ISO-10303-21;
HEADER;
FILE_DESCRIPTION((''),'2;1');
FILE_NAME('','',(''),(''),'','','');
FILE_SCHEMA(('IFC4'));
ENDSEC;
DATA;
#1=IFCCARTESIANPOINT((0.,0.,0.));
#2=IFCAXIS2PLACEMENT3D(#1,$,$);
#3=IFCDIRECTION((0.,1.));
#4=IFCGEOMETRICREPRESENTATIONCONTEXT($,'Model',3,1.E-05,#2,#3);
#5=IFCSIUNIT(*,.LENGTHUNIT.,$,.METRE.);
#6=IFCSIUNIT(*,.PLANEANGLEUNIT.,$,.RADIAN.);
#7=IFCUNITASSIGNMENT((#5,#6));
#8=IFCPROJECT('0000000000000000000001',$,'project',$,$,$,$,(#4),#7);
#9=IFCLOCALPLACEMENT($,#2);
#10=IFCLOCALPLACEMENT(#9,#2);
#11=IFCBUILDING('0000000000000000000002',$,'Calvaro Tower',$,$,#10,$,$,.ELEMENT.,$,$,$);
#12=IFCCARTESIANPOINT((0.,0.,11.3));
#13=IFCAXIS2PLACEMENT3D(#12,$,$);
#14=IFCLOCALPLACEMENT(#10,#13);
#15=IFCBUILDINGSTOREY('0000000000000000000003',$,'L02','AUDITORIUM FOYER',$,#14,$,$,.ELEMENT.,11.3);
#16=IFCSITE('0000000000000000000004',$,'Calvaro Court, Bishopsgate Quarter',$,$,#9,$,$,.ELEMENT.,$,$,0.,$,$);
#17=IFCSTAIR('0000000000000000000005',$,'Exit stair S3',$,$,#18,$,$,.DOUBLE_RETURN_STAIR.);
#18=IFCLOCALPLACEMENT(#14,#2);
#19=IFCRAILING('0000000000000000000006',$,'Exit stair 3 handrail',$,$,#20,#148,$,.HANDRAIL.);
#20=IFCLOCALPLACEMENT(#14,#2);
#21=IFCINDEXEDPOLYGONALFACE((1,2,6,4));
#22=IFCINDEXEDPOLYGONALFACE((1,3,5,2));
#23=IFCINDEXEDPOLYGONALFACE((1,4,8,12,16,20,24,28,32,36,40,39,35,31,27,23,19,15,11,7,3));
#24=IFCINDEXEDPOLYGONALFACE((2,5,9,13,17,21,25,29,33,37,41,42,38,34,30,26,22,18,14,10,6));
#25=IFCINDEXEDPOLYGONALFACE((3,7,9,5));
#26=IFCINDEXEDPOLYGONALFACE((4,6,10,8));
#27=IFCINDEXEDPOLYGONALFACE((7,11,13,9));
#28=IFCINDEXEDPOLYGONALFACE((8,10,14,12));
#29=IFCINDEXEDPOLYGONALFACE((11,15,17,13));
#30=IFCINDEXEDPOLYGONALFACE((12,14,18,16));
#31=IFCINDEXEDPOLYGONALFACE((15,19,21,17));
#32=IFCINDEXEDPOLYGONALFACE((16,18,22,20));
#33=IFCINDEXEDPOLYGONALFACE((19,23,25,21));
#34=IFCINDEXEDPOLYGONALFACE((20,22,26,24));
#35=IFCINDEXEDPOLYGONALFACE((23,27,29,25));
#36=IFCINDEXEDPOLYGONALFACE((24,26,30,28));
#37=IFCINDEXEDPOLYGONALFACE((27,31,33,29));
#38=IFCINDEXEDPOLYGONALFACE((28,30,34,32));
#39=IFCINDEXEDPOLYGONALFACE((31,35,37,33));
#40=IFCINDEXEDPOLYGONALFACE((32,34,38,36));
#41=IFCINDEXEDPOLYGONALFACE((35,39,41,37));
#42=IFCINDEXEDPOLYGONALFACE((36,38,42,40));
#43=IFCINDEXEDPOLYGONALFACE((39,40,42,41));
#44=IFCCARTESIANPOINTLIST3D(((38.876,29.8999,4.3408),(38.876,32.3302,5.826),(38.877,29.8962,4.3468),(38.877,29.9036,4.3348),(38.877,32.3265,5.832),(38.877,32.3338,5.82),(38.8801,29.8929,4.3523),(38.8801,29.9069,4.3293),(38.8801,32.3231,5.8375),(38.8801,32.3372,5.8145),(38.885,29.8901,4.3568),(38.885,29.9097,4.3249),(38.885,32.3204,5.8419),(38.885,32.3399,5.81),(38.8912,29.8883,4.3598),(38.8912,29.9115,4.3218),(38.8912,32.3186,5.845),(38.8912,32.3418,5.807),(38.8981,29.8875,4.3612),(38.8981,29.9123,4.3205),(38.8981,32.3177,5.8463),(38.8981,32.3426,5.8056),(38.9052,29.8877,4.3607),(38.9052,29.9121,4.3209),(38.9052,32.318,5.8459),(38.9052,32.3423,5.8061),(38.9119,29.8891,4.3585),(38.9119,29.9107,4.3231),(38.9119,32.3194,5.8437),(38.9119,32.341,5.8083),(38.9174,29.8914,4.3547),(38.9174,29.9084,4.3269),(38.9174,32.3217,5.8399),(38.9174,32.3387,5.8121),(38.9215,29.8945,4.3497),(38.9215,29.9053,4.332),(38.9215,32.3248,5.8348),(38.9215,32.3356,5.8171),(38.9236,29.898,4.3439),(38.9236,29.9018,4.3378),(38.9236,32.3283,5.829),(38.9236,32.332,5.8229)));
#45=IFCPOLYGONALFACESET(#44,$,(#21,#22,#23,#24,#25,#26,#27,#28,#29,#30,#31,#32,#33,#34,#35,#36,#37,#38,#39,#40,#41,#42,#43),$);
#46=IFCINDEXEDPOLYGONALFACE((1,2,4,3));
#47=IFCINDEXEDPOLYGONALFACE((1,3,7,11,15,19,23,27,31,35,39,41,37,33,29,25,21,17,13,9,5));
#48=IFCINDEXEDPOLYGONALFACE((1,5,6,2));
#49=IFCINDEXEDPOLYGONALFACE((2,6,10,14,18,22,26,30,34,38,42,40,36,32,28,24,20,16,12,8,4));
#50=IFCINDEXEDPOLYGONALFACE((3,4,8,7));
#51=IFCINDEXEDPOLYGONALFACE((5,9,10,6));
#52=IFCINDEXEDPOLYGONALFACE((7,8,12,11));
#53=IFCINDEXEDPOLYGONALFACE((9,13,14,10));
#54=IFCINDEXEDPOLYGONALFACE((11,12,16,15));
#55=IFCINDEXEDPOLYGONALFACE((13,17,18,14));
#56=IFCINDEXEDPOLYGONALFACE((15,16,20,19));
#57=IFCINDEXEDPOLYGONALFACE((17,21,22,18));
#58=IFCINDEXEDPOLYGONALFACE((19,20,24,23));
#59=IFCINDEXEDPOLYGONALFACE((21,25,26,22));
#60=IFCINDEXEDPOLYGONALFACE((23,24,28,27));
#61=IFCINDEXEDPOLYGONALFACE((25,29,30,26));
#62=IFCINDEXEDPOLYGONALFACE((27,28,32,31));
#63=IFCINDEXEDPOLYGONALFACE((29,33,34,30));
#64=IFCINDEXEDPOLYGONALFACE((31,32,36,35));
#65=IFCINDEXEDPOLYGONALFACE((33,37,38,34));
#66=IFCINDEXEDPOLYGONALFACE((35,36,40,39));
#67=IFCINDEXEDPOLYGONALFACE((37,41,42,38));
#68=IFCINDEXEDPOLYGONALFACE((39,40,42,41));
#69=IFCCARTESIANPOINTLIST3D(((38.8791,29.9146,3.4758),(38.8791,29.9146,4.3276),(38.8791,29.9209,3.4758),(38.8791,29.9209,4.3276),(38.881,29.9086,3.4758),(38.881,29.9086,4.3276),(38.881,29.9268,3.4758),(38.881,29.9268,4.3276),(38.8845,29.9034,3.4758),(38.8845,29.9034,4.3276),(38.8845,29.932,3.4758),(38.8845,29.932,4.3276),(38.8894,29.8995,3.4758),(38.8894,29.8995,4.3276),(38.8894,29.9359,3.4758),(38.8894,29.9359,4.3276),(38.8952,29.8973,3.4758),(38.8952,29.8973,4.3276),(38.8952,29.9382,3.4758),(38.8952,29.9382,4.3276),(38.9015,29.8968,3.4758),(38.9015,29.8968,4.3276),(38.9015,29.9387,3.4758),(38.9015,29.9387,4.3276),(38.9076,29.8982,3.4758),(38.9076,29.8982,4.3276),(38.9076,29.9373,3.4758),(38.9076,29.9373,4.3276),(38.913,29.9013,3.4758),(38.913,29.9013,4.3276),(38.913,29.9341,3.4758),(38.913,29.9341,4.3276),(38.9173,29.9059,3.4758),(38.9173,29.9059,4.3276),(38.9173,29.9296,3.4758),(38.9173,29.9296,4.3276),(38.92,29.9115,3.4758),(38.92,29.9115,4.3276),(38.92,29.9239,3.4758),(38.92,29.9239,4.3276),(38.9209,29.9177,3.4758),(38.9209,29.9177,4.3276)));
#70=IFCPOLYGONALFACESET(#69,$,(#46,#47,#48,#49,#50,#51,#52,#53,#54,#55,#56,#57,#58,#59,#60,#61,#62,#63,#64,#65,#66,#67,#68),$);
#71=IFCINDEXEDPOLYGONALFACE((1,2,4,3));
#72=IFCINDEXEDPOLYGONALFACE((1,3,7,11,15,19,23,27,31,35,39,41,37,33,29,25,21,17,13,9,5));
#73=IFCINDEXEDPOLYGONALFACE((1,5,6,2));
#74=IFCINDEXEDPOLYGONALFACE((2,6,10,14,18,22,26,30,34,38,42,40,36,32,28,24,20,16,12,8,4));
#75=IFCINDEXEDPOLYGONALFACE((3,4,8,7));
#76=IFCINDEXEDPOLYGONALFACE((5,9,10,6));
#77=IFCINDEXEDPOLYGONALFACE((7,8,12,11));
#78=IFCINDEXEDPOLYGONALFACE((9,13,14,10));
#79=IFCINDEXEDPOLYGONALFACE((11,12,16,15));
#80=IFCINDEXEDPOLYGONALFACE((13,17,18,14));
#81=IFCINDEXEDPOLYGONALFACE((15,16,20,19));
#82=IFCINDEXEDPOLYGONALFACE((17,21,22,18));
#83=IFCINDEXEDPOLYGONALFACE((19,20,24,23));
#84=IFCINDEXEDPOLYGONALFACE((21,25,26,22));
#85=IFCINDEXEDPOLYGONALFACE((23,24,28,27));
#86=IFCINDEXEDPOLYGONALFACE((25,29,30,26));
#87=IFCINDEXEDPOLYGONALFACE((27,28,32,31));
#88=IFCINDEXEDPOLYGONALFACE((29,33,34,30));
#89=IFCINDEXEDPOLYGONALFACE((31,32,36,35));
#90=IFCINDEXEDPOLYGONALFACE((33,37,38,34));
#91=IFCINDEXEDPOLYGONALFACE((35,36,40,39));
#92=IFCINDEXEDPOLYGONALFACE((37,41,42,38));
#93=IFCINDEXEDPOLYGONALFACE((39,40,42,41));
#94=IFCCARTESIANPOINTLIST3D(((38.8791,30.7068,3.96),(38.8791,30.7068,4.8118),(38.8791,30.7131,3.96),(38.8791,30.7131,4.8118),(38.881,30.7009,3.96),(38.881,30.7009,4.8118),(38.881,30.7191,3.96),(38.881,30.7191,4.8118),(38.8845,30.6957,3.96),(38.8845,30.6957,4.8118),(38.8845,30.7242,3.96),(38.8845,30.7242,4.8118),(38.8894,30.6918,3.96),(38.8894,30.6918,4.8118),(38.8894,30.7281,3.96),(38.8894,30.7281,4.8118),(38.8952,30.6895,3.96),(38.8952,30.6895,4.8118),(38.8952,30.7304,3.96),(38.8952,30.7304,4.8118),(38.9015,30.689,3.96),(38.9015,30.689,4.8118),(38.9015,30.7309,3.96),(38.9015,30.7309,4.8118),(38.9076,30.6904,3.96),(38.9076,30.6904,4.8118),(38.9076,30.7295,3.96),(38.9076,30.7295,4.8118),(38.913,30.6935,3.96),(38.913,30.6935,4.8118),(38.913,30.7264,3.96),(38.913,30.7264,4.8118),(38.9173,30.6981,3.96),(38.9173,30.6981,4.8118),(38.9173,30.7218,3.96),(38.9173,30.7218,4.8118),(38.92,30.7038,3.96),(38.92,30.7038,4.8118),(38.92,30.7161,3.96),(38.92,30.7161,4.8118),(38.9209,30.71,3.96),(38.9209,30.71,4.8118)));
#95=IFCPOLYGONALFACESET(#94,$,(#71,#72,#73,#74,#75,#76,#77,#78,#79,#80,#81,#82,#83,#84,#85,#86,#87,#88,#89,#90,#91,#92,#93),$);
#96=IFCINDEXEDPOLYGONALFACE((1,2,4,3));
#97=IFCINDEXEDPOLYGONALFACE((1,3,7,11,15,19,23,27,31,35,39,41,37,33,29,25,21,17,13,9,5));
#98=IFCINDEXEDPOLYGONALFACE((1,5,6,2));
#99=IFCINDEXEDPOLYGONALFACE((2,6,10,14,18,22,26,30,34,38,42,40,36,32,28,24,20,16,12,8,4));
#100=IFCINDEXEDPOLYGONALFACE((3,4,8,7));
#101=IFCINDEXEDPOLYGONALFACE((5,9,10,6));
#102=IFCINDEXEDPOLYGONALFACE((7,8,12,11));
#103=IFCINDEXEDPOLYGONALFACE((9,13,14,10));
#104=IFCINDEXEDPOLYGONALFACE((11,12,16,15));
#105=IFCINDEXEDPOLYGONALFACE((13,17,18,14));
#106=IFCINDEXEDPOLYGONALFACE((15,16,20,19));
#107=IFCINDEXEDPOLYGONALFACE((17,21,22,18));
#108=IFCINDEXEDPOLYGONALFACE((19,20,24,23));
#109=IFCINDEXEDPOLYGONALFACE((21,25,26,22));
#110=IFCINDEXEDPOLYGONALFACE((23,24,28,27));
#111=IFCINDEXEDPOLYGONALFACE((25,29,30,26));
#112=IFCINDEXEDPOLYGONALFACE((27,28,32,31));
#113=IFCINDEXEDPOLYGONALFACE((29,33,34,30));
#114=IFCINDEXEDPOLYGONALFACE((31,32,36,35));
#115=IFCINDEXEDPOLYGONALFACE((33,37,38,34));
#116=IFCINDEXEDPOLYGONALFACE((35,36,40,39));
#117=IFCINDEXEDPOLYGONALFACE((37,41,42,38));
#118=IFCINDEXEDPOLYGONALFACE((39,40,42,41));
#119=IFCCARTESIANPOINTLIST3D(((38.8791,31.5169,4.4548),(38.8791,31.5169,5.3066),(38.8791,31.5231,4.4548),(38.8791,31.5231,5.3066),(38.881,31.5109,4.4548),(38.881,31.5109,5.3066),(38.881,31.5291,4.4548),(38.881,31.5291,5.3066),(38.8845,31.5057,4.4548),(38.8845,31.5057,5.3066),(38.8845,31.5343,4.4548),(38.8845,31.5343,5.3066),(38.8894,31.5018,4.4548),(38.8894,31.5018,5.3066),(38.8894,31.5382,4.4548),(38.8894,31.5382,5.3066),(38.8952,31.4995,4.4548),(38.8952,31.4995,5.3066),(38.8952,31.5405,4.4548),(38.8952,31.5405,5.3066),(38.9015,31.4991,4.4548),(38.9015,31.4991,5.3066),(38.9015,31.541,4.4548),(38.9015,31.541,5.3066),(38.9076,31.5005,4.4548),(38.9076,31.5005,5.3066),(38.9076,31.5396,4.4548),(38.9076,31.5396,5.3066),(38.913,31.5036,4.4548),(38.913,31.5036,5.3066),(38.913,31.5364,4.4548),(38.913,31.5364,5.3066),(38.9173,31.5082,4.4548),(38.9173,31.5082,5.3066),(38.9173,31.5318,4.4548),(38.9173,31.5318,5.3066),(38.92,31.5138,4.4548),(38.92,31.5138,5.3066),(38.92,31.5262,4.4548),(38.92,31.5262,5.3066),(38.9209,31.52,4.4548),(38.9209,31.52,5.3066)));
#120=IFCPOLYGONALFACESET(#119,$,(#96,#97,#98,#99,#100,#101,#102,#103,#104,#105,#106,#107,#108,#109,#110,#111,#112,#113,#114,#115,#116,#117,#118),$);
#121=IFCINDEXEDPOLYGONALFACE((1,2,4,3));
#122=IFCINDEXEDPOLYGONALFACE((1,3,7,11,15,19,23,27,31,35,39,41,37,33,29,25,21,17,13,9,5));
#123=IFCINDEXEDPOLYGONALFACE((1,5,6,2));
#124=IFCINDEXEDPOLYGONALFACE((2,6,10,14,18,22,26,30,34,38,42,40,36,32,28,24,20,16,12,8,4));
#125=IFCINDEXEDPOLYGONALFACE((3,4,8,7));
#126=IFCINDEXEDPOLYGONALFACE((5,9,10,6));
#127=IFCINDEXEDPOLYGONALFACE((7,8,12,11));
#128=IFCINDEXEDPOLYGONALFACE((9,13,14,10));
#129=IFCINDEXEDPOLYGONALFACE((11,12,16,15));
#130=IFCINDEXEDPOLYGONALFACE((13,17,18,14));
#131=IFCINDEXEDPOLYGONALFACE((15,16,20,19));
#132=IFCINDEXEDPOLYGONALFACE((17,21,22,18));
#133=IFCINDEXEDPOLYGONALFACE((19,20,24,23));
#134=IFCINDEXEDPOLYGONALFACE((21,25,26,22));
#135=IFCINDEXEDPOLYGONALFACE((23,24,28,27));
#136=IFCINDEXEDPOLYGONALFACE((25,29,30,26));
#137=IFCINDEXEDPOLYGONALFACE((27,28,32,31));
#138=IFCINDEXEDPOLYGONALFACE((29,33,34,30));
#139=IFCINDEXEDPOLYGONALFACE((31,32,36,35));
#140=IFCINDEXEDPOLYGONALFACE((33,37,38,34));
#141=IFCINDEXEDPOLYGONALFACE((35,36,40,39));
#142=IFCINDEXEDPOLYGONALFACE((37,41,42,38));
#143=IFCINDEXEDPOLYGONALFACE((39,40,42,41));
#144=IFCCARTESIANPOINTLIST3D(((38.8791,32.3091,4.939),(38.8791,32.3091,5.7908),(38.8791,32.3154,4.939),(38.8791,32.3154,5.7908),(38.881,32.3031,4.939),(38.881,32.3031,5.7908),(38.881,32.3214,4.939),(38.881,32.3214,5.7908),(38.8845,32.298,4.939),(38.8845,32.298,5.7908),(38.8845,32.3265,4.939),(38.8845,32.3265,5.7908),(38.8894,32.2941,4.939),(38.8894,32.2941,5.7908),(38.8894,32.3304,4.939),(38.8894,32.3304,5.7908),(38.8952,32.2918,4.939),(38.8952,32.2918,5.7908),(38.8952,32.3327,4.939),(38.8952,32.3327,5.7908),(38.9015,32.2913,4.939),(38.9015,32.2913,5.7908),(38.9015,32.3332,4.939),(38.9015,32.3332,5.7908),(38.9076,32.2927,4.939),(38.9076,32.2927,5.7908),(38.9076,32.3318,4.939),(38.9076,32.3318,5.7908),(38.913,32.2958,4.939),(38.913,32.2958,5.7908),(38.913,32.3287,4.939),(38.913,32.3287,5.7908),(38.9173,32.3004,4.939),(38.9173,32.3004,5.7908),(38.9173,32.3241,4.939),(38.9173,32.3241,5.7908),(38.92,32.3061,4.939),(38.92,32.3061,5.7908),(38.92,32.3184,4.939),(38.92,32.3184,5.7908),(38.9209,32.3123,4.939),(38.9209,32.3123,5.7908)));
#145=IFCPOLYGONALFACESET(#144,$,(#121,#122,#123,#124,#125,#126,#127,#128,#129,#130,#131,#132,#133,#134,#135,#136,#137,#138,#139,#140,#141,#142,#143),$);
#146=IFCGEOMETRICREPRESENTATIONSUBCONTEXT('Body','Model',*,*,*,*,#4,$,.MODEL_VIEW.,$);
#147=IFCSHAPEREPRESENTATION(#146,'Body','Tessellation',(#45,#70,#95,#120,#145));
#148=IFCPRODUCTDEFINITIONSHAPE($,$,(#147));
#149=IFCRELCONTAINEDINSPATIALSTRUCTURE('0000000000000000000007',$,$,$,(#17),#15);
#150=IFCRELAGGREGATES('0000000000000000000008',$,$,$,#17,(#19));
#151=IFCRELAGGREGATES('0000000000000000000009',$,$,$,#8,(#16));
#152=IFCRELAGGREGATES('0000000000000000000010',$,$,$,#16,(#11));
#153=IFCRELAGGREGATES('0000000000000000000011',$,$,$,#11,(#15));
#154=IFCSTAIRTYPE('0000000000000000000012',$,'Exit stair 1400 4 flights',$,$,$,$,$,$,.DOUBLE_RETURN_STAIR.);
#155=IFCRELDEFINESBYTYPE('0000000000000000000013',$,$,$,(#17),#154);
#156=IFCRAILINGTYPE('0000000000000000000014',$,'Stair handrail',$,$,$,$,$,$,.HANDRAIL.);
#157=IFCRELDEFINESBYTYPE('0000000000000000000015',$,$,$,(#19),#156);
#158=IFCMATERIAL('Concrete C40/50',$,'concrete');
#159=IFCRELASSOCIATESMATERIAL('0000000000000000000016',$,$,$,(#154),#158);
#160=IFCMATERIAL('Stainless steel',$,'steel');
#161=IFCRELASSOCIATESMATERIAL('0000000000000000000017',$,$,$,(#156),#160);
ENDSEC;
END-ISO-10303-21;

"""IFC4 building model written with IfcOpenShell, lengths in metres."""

from ifc_helpers import new_model, si_unit, direction, frame, origin, origin_2d, place, context, subcontext, project, spatial, circle, extrude, material, type_object, element, aggregate, save


model = new_model("IFC4")

# Units and contexts
model_context = context("Model", 3, precision=1e-05, world=origin(), true_north=direction((0.0, 1.0)))
body_context = subcontext(model_context, "Body", "Model", "MODEL_VIEW")
ifc_project = project(units=[si_unit("LENGTHUNIT", "METRE"), si_unit("PLANEANGLEUNIT", "RADIAN")], contexts=[model_context])

# Site, building, storey
site_placement = place(None, origin())
site = spatial("IfcSite", under=ifc_project, at=site_placement, Name="Calvaro Court, Bishopsgate Quarter", CompositionType="ELEMENT", RefElevation=0.0)
building_placement = place(site_placement, origin())
building = spatial("IfcBuilding", under=site, at=building_placement, Name="Calvaro Tower", CompositionType="ELEMENT")
storey_placement = place(building_placement, frame((0.0, 0.0, 11.3)))
storey = spatial("IfcBuildingStorey", under=building, at=storey_placement, Name="L02", Description="AUDITORIUM FOYER", CompositionType="ELEMENT", Elevation=11.3)

# Stair, railing
ifc_material_1 = material(Name="Concrete C40/50", Category="concrete")
stair_type = type_object("IfcStairType", Name="Exit stair 1400 4 flights", PredefinedType="DOUBLE_RETURN_STAIR", material=ifc_material_1)
stair_placement = place(storey_placement, origin())
stair = element("IfcStair", 1, at=stair_placement, inside=storey, type_object=stair_type, Name="Exit stair S3", PredefinedType="DOUBLE_RETURN_STAIR")
ifc_material_2 = material(Name="Stainless steel", Category="steel")
railing_type = type_object("IfcRailingType", Name="Stair handrail", PredefinedType="HANDRAIL", material=ifc_material_2)
railing_1_placement = place(storey_placement, frame((38.8999, 29.8999, 3.4648)))
railing_1 = element("IfcRailing", 2, at=railing_1_placement, type_object=railing_type, Name="Exit stair 3 handrail", PredefinedType="HANDRAIL", context=body_context, shape_type="SweptSolid", body=[
    extrude(circle(Radius=0.0239, at=origin_2d()), frame((0.0, 0.0, 0.876), z_axis=(0.0, 0.853282, 0.52145), x_axis=(-1.0, 0.0, 0.0)), (0.0, 0.0, 1.0), 2.8481),
    extrude(circle(Radius=0.021, at=origin_2d()), frame((0.0, 0.0178, 0.011)), (0.0, 0.0, 1.0), 0.8518),
    extrude(circle(Radius=0.021, at=origin_2d()), frame((0.0, 0.8101, 0.4951)), (0.0, 0.0, 1.0), 0.8518),
    extrude(circle(Radius=0.021, at=origin_2d()), frame((0.0, 1.6201, 0.99)), (0.0, 0.0, 1.0), 0.8518),
    extrude(circle(Radius=0.021, at=origin_2d()), frame((0.0, 2.4124, 1.4741)), (0.0, 0.0, 1.0), 0.8518),
])
aggregate(stair, [railing_1])

save(model, "model.ifc")
